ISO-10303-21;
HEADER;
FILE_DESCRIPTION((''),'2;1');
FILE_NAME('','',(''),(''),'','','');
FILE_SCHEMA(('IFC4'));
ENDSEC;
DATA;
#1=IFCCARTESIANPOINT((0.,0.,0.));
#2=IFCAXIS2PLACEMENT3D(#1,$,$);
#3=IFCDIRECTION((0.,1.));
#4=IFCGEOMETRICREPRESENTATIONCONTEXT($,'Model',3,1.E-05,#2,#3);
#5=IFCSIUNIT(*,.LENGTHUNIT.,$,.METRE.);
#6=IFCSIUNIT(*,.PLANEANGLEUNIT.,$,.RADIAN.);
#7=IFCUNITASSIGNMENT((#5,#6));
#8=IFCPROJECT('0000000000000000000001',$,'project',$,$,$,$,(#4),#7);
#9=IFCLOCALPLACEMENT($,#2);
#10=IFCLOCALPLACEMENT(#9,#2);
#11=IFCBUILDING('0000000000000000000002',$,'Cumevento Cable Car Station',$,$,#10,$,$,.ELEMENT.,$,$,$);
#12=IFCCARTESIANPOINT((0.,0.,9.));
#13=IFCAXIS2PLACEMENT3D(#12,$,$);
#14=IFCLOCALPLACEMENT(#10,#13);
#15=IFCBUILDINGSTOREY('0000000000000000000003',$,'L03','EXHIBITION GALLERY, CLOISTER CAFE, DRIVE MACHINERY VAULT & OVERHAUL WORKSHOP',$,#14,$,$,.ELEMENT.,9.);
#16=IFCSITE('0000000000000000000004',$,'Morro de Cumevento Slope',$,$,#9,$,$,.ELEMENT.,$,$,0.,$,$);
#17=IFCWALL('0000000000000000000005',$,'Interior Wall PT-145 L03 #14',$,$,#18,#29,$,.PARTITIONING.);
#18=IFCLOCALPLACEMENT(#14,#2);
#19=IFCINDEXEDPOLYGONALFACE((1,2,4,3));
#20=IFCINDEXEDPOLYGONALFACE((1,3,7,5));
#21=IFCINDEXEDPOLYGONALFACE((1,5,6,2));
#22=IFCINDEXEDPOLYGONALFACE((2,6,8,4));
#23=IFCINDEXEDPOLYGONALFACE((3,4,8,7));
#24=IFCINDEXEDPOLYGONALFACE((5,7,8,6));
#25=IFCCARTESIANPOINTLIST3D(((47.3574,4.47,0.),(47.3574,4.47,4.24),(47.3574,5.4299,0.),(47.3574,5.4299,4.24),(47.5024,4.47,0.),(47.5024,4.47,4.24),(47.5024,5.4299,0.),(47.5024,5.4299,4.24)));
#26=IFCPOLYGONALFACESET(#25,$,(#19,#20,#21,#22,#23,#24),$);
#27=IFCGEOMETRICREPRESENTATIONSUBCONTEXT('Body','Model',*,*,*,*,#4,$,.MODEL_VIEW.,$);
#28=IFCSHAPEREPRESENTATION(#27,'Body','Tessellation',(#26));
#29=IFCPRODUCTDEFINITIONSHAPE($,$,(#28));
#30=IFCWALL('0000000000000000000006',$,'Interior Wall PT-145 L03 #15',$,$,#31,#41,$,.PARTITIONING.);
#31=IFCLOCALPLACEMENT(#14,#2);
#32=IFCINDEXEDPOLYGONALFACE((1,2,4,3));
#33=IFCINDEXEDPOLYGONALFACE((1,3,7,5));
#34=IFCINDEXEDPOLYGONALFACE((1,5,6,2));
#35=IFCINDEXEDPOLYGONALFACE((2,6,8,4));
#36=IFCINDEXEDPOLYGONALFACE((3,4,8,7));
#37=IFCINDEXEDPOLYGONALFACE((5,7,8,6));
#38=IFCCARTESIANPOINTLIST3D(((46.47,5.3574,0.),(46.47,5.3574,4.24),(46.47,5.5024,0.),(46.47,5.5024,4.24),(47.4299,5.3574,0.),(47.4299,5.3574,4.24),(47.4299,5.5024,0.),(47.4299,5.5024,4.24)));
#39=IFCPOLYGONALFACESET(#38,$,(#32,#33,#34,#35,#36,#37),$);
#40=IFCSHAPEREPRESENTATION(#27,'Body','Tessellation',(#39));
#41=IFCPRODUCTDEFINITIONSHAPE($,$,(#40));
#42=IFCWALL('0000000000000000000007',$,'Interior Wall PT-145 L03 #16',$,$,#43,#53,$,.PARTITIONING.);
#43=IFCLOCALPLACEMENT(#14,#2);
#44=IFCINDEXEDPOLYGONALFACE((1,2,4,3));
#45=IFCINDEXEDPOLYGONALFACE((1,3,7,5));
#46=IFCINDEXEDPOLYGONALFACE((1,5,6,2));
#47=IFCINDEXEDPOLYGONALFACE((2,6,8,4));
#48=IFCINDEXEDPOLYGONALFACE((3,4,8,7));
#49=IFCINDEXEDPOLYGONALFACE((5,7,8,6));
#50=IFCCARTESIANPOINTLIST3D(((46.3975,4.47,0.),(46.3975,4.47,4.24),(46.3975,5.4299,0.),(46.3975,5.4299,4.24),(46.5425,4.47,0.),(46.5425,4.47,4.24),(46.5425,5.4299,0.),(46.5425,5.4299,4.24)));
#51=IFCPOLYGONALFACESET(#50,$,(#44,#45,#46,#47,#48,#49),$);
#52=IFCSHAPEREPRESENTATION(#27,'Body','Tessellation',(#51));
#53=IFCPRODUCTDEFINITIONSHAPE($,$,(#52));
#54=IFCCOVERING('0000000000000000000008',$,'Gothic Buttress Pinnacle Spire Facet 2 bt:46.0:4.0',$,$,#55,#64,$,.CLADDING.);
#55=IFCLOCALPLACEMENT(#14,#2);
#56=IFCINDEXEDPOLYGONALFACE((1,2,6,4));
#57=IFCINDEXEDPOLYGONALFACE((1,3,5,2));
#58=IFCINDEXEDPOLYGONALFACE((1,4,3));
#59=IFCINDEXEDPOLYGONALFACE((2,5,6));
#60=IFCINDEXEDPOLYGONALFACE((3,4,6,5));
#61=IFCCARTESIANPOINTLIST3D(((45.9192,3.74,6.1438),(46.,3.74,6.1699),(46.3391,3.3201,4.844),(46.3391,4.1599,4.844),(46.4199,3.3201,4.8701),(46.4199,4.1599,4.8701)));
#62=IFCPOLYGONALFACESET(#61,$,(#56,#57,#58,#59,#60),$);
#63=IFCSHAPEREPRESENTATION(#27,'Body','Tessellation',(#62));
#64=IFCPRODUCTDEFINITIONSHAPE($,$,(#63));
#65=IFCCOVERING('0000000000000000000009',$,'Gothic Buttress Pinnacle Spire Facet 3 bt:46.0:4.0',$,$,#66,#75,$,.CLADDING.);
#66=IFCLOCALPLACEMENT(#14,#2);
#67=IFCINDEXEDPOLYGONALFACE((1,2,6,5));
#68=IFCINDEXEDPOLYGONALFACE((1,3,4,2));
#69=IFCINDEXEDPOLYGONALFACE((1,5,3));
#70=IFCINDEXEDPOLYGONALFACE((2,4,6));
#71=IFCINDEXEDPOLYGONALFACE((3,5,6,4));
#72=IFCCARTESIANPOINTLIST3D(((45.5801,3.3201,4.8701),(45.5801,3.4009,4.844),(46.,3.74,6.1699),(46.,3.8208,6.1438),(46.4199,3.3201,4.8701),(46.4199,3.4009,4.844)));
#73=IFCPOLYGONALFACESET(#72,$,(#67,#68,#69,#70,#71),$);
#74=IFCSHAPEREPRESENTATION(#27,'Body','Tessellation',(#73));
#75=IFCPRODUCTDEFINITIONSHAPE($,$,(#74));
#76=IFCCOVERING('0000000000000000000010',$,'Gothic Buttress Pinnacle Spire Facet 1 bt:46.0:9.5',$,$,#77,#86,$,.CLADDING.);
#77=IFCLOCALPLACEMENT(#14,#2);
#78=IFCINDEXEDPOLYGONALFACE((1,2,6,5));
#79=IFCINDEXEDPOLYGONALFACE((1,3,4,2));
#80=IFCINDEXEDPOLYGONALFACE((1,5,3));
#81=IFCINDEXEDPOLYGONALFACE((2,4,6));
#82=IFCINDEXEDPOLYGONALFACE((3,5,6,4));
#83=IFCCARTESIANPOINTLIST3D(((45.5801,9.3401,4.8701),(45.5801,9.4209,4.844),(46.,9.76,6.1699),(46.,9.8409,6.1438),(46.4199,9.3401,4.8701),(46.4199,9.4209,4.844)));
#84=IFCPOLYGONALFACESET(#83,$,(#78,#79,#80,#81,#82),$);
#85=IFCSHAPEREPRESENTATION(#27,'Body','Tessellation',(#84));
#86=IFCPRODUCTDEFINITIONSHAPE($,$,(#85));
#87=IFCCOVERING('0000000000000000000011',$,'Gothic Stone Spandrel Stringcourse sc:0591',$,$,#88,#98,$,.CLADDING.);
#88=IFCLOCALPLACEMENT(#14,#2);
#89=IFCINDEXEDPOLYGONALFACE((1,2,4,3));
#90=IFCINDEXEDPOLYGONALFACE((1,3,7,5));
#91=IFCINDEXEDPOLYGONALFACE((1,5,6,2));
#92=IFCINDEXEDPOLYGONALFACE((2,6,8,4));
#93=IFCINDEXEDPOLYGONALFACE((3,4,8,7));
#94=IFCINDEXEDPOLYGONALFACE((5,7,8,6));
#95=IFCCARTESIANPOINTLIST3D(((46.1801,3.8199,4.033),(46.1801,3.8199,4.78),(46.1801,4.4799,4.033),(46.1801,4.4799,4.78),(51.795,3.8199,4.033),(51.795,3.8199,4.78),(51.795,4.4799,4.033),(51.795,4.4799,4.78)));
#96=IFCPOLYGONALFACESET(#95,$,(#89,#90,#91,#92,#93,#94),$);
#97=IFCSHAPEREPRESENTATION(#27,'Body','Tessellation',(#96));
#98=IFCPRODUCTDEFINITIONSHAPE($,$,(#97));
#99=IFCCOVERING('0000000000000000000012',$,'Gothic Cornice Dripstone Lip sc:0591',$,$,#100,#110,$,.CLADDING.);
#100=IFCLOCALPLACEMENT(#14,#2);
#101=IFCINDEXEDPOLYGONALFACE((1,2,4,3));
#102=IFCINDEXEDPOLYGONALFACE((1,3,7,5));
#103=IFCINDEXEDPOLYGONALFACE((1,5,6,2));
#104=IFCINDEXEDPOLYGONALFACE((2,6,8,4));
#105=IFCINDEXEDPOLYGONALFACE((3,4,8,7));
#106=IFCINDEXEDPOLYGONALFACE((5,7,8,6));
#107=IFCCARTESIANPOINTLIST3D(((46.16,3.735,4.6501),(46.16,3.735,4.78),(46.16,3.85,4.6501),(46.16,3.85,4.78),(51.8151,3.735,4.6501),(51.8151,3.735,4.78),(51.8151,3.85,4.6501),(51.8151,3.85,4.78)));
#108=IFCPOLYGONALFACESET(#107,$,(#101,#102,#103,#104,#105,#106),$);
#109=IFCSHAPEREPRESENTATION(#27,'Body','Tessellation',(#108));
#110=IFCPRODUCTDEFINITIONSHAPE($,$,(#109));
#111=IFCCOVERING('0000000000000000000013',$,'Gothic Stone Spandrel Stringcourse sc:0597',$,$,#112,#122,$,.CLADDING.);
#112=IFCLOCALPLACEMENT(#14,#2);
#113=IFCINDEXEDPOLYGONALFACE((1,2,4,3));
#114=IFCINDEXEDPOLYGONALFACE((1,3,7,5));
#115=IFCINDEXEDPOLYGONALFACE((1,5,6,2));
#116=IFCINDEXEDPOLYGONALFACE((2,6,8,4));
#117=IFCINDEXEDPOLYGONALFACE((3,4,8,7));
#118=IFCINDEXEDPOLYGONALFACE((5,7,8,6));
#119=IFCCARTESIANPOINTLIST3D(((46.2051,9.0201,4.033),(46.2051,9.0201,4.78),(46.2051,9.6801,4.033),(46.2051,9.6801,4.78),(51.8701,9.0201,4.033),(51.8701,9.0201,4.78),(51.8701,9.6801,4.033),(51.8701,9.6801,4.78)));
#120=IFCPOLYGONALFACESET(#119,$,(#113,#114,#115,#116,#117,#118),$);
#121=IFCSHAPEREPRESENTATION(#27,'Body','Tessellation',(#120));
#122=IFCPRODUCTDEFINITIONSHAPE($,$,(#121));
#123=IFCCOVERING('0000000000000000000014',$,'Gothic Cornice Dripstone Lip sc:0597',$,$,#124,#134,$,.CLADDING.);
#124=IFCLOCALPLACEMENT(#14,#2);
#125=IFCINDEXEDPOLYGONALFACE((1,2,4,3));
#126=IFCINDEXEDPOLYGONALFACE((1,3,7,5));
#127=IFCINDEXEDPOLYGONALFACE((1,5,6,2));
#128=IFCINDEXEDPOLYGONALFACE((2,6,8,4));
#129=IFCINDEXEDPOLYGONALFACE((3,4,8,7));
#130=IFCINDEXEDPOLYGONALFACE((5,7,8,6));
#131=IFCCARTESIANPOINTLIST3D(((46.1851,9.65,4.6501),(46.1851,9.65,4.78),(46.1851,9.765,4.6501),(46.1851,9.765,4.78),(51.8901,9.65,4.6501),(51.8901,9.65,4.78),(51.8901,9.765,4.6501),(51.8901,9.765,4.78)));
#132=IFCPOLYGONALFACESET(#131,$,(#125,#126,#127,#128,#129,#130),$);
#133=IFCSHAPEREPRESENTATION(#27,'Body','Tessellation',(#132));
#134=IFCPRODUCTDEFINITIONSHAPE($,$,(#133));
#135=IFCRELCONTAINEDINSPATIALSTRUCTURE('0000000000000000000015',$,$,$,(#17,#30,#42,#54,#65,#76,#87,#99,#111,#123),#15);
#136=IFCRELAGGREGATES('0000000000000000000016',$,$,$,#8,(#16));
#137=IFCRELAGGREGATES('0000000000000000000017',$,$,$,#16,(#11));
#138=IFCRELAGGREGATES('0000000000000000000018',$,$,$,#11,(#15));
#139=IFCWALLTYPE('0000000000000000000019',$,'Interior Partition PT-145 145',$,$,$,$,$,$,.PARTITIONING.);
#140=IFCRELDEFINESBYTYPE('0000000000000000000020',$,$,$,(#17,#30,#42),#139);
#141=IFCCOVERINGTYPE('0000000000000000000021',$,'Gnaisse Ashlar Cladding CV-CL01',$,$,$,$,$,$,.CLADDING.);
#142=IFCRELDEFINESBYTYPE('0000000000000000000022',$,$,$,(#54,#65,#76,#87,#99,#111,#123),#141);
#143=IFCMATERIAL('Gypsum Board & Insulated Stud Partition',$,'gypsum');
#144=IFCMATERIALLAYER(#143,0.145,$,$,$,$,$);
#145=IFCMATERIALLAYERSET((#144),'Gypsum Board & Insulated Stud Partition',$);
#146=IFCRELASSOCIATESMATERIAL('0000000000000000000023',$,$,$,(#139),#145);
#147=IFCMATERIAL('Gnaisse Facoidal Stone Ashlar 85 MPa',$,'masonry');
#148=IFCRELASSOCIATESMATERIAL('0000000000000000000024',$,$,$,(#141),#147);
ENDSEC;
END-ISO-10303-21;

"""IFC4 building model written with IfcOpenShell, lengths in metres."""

from ifc_helpers import new_model, si_unit, direction, frame, frame_2d, origin, origin_2d, place, context, subcontext, project, spatial, polyline, rectangle, outline, extrude, material, layer, layer_set, type_object, element, save


model = new_model("IFC4")

# Units and contexts
model_context = context("Model", 3, precision=1e-05, world=origin(), true_north=direction((0.0, 1.0)))
body_context = subcontext(model_context, "Body", "Model", "MODEL_VIEW")
ifc_project = project(units=[si_unit("LENGTHUNIT", "METRE"), si_unit("PLANEANGLEUNIT", "RADIAN")], contexts=[model_context])

# Site, building, storey
site_placement = place(None, origin())
site = spatial("IfcSite", under=ifc_project, at=site_placement, Name="Morro de Cumevento Slope", CompositionType="ELEMENT", RefElevation=0.0)
building_placement = place(site_placement, origin())
building = spatial("IfcBuilding", under=site, at=building_placement, Name="Cumevento Cable Car Station", CompositionType="ELEMENT")
storey_placement = place(building_placement, frame((0.0, 0.0, 9.0)))
storey = spatial("IfcBuildingStorey", under=building, at=storey_placement, Name="L03", Description="EXHIBITION GALLERY, CLOISTER CAFE, DRIVE MACHINERY VAULT & OVERHAUL WORKSHOP", CompositionType="ELEMENT", Elevation=9.0)

# Walls
ifc_material_1 = material(Name="Gypsum Board & Insulated Stud Partition", Category="gypsum")
ifc_layer_1 = layer(ifc_material_1, 0.145)
ifc_layer_set_1 = layer_set([ifc_layer_1], Name="Gypsum Board & Insulated Stud Partition")
wall_type_1 = type_object("IfcWallType", Name="Interior Partition PT-145 145", PredefinedType="PARTITIONING", material=ifc_layer_set_1)
for number, where, z_axis, x_axis, name in (
    (1, (47.4299, 4.47, 0.0), (0.0, 0.0, 1.0), (0.0, 1.0, 0.0), "Interior Wall PT-145 L03 #14"),
    (2, (47.4299, 5.4299, 0.0), (0.0, 0.0, 1.0), (-1.0, 0.0, 0.0), "Interior Wall PT-145 L03 #15"),
    (3, (46.47, 5.4299, 0.0), (0.0, 0.0, 1.0), (0.0, -1.0, 0.0), "Interior Wall PT-145 L03 #16"),
):
    element("IfcWall", number, at=place(storey_placement, frame(where, z_axis=z_axis, x_axis=x_axis)), inside=storey, type_object=wall_type_1, Name=name, PredefinedType="PARTITIONING", context=body_context, shape_type="SweptSolid", body=[
        extrude(rectangle(XDim=0.96, YDim=0.145, at=frame_2d((0.48, 0.0))), origin(), (0.0, 0.0, 1.0), 4.24),
    ])

# Coverings
ifc_material_2 = material(Name="Gnaisse Facoidal Stone Ashlar 85 MPa", Category="masonry")
covering_type = type_object("IfcCoveringType", Name="Gnaisse Ashlar Cladding CV-CL01", PredefinedType="CLADDING", material=ifc_material_2)
for number, where, z_axis, x_axis, name in (
    (4, (46.4199, 4.1599, 4.8701), (0.951574, 0.0, 0.307421), (0.0, -1.0, 0.0), "Gothic Buttress Pinnacle Spire Facet 2 bt:46.0:4.0"),
    (5, (46.4199, 3.3201, 4.8701), (0.0, -0.951574, 0.307421), (-1.0, 0.0, 0.0), "Gothic Buttress Pinnacle Spire Facet 3 bt:46.0:4.0"),
    (6, (46.4199, 9.3401, 4.8701), (0.0, -0.951574, 0.307421), (-1.0, 0.0, 0.0), "Gothic Buttress Pinnacle Spire Facet 1 bt:46.0:9.5"),
):
    element("IfcCovering", number, at=place(storey_placement, frame(where, z_axis=z_axis, x_axis=x_axis)), inside=storey, type_object=covering_type, Name=name, PredefinedType="CLADDING", context=body_context, shape_type="SweptSolid", body=[
        extrude(outline(polyline([(0.0, 0.0), (0.8398, 0.0), (0.4199, -1.366), (0.0, 0.0)])), origin(), (0.0, 0.0, -1.0), 0.085),
    ])
covering_1_placement = place(storey_placement, frame((48.9875, 4.1499, 4.033), z_axis=(0.0, 0.0, 1.0), x_axis=(-1.0, 0.0, 0.0)))
element("IfcCovering", 7, at=covering_1_placement, inside=storey, type_object=covering_type, Name="Gothic Stone Spandrel Stringcourse sc:0591", PredefinedType="CLADDING", context=body_context, shape_type="SweptSolid", body=[
    extrude(rectangle(XDim=5.615, YDim=0.6599, at=origin_2d()), origin(), (0.0, 0.0, 1.0), 0.7471),
])
covering_2_placement = place(storey_placement, frame((48.9875, 3.7925, 4.6501), z_axis=(0.0, 0.0, 1.0), x_axis=(-1.0, 0.0, 0.0)))
element("IfcCovering", 8, at=covering_2_placement, inside=storey, type_object=covering_type, Name="Gothic Cornice Dripstone Lip sc:0591", PredefinedType="CLADDING", context=body_context, shape_type="SweptSolid", body=[
    extrude(rectangle(XDim=5.655, YDim=0.115, at=origin_2d()), origin(), (0.0, 0.0, 1.0), 0.1299),
])
covering_3_placement = place(storey_placement, frame((49.0376, 9.3501, 4.033), z_axis=(0.0, 0.0, 1.0), x_axis=(1.0, 0.0, 0.0)))
element("IfcCovering", 9, at=covering_3_placement, inside=storey, type_object=covering_type, Name="Gothic Stone Spandrel Stringcourse sc:0597", PredefinedType="CLADDING", context=body_context, shape_type="SweptSolid", body=[
    extrude(rectangle(XDim=5.665, YDim=0.6599, at=origin_2d()), origin(), (0.0, 0.0, 1.0), 0.7471),
])
covering_4_placement = place(storey_placement, frame((49.0376, 9.7075, 4.6501), z_axis=(0.0, 0.0, 1.0), x_axis=(1.0, 0.0, 0.0)))
element("IfcCovering", 10, at=covering_4_placement, inside=storey, type_object=covering_type, Name="Gothic Cornice Dripstone Lip sc:0597", PredefinedType="CLADDING", context=body_context, shape_type="SweptSolid", body=[
    extrude(rectangle(XDim=5.7051, YDim=0.115, at=origin_2d()), origin(), (0.0, 0.0, 1.0), 0.1299),
])

save(model, "model.ifc")
